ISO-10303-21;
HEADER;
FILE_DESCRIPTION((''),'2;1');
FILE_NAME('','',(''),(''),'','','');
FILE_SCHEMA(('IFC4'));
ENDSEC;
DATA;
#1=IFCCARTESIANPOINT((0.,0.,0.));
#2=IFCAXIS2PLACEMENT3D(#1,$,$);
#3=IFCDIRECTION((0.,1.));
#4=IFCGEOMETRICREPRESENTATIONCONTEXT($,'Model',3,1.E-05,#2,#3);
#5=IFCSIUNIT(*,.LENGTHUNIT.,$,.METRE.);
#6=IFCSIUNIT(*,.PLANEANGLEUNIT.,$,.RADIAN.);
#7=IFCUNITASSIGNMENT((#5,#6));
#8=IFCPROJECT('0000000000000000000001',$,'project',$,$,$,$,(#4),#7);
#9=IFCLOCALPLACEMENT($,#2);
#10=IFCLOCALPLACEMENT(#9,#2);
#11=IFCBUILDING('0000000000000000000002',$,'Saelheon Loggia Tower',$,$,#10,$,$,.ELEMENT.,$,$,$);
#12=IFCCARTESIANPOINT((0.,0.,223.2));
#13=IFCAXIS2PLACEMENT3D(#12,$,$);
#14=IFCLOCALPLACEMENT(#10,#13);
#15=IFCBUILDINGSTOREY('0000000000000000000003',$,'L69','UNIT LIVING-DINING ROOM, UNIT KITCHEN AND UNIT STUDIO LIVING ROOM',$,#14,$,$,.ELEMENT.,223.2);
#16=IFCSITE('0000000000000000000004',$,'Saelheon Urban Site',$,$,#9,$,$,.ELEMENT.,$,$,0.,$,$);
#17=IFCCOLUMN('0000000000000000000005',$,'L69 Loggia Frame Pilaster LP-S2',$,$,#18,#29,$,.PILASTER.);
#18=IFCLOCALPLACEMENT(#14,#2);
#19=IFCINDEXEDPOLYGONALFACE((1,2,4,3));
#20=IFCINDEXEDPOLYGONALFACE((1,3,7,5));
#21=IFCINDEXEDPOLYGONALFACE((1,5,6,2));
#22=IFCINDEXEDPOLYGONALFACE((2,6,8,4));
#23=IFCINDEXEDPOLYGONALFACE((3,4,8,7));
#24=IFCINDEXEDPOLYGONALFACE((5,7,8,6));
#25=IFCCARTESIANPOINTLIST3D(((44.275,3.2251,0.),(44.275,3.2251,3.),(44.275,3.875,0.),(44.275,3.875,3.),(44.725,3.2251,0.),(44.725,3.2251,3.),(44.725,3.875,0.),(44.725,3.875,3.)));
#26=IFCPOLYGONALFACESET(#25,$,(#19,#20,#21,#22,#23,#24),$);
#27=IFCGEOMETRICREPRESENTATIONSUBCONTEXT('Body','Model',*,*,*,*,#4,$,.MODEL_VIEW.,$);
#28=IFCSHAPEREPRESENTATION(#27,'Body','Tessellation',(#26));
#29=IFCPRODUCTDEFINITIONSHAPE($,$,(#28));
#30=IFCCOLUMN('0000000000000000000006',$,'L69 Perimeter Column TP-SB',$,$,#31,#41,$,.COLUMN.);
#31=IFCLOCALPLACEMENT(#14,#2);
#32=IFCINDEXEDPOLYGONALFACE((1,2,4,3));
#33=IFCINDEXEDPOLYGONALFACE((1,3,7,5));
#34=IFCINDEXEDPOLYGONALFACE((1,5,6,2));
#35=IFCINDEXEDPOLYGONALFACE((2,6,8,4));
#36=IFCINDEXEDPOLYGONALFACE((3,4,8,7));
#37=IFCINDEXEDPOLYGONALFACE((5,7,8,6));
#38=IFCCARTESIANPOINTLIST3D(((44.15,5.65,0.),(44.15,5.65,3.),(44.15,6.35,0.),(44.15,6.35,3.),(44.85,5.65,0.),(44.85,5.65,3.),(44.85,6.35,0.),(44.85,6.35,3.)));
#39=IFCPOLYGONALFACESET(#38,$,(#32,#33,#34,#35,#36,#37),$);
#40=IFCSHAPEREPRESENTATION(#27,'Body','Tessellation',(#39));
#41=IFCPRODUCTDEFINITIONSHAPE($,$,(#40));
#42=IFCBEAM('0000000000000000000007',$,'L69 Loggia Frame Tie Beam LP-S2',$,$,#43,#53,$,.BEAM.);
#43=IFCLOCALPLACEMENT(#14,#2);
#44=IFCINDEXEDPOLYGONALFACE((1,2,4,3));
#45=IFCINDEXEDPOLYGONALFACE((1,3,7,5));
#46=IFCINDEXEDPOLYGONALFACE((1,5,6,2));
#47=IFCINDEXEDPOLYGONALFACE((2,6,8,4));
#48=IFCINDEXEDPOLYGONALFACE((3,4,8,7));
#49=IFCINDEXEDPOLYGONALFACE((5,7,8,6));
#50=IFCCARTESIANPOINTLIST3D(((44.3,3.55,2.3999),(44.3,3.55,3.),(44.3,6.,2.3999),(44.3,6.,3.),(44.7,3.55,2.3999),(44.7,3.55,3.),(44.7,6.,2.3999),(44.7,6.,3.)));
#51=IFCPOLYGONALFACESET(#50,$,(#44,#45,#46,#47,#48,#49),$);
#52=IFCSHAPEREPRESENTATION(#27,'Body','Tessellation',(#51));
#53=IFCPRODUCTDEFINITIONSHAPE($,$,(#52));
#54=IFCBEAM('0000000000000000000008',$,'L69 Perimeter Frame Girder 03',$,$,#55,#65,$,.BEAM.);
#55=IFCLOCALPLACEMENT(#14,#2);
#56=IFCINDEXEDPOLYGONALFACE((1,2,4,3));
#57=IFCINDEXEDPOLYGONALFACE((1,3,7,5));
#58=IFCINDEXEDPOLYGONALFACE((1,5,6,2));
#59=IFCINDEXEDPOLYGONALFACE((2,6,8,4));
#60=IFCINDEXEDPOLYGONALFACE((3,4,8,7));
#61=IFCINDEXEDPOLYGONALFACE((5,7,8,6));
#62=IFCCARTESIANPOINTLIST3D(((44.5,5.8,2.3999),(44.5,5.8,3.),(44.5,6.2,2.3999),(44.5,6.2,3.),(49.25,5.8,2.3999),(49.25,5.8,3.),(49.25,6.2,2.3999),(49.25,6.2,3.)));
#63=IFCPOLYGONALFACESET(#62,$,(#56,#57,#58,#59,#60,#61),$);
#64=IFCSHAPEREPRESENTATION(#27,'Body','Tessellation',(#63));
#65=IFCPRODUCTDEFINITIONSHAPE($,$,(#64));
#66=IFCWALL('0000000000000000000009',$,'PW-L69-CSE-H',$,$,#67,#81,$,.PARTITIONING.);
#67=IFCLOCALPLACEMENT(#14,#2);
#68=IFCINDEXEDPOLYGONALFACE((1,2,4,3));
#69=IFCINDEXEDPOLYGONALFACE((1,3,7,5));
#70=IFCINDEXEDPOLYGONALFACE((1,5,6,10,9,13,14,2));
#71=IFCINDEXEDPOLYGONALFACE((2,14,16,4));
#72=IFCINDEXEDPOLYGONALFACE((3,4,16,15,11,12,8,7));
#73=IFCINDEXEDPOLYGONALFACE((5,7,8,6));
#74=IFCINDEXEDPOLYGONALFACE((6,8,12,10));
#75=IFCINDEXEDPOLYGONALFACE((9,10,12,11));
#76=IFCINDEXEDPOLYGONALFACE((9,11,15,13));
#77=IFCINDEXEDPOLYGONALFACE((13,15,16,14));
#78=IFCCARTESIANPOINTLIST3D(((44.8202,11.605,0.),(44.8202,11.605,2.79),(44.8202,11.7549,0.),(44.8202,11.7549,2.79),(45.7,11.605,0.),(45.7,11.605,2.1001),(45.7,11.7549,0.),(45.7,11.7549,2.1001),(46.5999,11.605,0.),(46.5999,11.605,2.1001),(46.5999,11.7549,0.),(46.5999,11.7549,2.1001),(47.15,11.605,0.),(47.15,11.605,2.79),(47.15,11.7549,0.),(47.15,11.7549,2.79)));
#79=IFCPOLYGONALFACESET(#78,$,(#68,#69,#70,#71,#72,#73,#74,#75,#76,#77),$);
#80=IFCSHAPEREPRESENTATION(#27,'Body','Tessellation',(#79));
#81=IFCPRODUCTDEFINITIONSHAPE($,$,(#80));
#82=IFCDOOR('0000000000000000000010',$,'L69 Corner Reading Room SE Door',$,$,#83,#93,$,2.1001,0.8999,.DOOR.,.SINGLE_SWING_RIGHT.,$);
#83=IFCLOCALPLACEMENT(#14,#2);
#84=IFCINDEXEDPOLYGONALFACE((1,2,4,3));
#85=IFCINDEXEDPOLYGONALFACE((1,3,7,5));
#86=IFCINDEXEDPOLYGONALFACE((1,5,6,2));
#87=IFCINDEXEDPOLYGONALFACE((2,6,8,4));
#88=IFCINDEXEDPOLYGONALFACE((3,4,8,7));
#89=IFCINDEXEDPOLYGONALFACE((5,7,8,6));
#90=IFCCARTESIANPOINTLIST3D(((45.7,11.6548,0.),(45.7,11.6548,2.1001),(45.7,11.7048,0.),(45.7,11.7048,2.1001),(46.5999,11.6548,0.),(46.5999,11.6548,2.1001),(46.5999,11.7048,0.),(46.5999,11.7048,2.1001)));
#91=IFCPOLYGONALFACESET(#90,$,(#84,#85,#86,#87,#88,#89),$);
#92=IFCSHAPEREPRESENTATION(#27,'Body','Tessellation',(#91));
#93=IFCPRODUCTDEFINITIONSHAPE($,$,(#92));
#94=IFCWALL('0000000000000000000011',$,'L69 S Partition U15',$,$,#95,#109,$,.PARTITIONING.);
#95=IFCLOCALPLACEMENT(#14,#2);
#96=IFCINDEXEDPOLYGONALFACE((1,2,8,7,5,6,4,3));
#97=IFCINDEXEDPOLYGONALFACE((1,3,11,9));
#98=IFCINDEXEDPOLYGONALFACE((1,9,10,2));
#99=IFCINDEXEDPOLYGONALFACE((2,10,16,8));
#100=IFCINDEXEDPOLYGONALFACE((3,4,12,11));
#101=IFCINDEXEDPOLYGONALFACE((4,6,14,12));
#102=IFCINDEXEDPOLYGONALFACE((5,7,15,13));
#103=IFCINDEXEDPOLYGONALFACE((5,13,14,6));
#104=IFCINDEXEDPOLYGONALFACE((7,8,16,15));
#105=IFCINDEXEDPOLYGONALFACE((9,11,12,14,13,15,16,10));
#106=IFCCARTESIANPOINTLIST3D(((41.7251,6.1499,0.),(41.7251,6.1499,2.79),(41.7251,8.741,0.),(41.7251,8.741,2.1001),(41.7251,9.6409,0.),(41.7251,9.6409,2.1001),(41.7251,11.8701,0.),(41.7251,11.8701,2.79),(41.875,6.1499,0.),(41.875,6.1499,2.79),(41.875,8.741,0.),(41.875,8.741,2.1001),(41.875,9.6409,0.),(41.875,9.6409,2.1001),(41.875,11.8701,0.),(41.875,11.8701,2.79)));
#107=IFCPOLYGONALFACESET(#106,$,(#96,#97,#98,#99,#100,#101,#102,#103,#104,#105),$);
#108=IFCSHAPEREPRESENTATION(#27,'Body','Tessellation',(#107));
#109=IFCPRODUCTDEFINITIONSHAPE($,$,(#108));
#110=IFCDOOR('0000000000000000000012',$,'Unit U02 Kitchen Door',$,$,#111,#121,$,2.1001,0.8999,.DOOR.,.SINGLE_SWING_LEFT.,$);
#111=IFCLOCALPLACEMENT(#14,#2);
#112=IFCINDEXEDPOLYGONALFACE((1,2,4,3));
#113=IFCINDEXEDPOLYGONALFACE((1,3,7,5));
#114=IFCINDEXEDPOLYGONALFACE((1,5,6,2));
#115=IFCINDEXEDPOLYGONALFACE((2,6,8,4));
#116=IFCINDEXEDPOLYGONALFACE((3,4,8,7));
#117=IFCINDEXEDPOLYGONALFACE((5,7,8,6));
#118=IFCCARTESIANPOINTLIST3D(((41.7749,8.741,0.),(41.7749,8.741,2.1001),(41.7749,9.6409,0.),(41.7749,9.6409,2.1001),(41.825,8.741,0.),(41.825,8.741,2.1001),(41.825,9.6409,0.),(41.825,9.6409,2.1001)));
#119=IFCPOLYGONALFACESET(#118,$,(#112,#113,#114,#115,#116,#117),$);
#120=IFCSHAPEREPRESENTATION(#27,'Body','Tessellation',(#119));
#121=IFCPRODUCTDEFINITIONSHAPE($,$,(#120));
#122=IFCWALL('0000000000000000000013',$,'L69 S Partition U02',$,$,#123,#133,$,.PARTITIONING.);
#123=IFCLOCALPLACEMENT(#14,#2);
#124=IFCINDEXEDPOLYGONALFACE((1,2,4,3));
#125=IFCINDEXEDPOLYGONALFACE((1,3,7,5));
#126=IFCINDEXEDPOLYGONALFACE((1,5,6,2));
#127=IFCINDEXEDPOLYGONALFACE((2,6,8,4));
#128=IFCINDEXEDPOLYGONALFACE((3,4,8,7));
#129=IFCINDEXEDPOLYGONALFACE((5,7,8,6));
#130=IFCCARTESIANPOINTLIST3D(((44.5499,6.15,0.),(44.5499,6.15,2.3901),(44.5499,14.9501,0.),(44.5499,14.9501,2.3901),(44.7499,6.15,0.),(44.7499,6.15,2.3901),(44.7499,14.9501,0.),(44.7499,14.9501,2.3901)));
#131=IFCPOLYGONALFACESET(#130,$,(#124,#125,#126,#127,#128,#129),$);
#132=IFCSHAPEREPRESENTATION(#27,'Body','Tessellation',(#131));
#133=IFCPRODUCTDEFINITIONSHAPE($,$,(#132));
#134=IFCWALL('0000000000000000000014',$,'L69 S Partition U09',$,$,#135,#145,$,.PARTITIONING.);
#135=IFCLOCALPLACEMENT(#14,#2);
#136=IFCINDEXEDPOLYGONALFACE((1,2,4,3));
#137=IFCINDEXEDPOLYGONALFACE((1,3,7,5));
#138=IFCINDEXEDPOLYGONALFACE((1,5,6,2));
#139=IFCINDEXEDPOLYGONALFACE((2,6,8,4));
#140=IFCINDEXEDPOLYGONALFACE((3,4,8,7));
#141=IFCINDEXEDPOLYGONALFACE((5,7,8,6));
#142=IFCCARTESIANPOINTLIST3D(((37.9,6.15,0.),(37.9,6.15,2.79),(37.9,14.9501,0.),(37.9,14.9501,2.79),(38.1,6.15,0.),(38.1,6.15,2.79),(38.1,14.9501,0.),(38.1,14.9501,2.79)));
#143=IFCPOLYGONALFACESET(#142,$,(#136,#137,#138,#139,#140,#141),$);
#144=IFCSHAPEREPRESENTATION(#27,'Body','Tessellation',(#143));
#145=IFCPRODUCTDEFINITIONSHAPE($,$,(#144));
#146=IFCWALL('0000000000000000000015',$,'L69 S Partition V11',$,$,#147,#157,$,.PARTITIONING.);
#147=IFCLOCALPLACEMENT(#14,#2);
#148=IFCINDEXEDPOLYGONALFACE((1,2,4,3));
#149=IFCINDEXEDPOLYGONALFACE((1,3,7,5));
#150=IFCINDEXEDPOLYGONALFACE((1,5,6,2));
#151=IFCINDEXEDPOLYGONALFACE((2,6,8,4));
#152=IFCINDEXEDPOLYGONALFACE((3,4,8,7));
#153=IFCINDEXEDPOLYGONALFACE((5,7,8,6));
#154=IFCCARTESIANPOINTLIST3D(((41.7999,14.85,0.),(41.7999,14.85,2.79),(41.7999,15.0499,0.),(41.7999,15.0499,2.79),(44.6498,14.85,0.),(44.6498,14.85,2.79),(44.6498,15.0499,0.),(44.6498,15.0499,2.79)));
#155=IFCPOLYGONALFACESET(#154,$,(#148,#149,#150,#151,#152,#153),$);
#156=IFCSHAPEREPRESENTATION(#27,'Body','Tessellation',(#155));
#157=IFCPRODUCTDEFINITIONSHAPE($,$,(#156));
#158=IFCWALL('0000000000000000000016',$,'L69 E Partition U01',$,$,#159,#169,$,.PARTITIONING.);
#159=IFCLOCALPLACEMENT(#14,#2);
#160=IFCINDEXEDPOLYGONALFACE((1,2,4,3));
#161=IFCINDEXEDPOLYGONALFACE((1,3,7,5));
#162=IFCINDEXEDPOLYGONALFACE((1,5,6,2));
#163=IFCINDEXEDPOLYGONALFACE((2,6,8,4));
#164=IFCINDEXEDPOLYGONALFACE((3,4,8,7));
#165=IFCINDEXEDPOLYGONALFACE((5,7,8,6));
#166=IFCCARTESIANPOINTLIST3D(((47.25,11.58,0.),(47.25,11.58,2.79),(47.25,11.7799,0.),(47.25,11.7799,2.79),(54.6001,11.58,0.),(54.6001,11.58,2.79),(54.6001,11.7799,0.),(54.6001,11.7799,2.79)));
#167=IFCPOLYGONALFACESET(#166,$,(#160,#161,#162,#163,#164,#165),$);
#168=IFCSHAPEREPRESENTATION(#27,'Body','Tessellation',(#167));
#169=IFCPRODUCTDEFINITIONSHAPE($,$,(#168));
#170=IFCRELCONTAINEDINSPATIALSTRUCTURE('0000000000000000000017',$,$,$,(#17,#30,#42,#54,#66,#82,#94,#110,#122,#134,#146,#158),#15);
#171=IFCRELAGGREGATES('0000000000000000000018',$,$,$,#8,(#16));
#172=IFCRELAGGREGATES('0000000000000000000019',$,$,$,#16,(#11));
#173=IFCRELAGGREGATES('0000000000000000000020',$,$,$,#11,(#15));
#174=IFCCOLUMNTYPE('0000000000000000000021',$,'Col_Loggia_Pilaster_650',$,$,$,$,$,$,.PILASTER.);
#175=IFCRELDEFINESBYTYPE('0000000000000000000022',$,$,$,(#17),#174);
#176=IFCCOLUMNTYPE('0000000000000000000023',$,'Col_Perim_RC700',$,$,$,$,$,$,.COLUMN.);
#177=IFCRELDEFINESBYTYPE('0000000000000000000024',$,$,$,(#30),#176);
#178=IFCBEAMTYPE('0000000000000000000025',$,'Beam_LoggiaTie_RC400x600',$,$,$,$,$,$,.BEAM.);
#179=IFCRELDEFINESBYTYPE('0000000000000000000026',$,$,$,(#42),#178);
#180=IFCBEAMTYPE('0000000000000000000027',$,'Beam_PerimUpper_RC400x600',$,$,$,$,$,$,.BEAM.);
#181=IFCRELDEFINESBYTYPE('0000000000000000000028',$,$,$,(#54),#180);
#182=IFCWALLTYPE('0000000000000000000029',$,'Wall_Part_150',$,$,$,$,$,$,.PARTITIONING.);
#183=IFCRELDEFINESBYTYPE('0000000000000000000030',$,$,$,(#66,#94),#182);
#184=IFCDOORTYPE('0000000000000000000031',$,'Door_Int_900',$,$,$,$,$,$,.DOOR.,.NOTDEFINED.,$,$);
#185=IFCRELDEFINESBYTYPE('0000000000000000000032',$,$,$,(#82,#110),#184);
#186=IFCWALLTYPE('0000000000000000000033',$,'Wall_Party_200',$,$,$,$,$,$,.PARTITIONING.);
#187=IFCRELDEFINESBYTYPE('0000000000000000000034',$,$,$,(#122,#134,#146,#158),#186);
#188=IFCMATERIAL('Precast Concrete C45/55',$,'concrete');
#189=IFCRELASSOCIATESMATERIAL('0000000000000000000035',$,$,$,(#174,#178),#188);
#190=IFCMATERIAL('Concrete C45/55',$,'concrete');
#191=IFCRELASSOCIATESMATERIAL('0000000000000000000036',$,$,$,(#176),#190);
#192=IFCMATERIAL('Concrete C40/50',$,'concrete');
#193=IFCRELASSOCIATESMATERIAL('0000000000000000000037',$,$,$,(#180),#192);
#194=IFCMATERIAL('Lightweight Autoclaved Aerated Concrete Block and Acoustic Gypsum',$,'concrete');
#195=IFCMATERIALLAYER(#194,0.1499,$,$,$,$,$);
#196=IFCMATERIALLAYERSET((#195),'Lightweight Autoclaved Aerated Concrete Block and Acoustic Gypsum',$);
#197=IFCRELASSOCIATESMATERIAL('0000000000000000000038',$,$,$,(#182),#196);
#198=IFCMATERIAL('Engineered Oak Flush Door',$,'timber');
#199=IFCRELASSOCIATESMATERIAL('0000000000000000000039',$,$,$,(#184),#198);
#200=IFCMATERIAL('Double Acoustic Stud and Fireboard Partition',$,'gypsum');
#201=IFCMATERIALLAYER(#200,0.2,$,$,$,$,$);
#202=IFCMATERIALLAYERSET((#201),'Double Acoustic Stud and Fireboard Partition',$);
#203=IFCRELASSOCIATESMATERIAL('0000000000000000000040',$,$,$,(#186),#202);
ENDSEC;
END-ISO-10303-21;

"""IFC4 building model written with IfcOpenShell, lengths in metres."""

from ifc_helpers import new_model, si_unit, direction, frame, frame_2d, origin, origin_2d, place, context, subcontext, project, spatial, rectangle, extrude, source, transform, mapped, material, layer, layer_set, material_profile, profile_set, type_object, element, fill, save


model = new_model("IFC4")

# Units and contexts
model_context = context("Model", 3, precision=1e-05, world=origin(), true_north=direction((0.0, 1.0)))
body_context = subcontext(model_context, "Body", "Model", "MODEL_VIEW")
ifc_project = project(units=[si_unit("LENGTHUNIT", "METRE"), si_unit("PLANEANGLEUNIT", "RADIAN")], contexts=[model_context])

# Site, building, storey
site_placement = place(None, origin())
site = spatial("IfcSite", under=ifc_project, at=site_placement, Name="Saelheon Urban Site", CompositionType="ELEMENT", RefElevation=0.0)
building_placement = place(site_placement, origin())
building = spatial("IfcBuilding", under=site, at=building_placement, Name="Saelheon Loggia Tower", CompositionType="ELEMENT")
storey_placement = place(building_placement, frame((0.0, 0.0, 223.2)))
storey = spatial("IfcBuildingStorey", under=building, at=storey_placement, Name="L69", Description="UNIT LIVING-DINING ROOM, UNIT KITCHEN AND UNIT STUDIO LIVING ROOM", CompositionType="ELEMENT", Elevation=223.2)

# Columns
ifc_material_1 = material(Name="Precast Concrete C45/55", Category="concrete")
ifc_material_profile_1 = material_profile(ifc_material_1, rectangle(XDim=0.45, YDim=0.6499, at=origin_2d()), Name="RC-450x650")
ifc_profile_set_1 = profile_set([ifc_material_profile_1], Name="Precast Concrete C45/55")
column_type_1 = type_object("IfcColumnType", Name="Col_Loggia_Pilaster_650", PredefinedType="PILASTER", material=ifc_profile_set_1)
shared_shape_1 = source(origin(), body_context, "Body", "SweptSolid", [
    extrude(rectangle(XDim=0.45, YDim=0.6499, at=origin_2d()), origin(), (0.0, 0.0, 1.0), 3.0),
])
column_1_placement = place(storey_placement, frame((44.5, 3.55, 0.0), z_axis=(0.0, 0.0, 1.0), x_axis=(1.0, 0.0, 0.0)))
element("IfcColumn", 1, at=column_1_placement, inside=storey, type_object=column_type_1, Name="L69 Loggia Frame Pilaster LP-S2", PredefinedType="PILASTER", context=body_context, shape_type="MappedRepresentation", body=[
    mapped(shared_shape_1, transform((0.0, 0.0, 0.0), scale=1.0)),
])
ifc_material_2 = material(Name="Concrete C45/55", Category="concrete")
ifc_material_profile_2 = material_profile(ifc_material_2, rectangle(XDim=0.7, YDim=0.7, at=origin_2d()), Name="RC-700x700")
ifc_profile_set_2 = profile_set([ifc_material_profile_2], Name="Concrete C45/55")
column_type_2 = type_object("IfcColumnType", Name="Col_Perim_RC700", PredefinedType="COLUMN", material=ifc_profile_set_2)
shared_shape_2 = source(origin(), body_context, "Body", "SweptSolid", [
    extrude(rectangle(XDim=0.7, YDim=0.7, at=origin_2d()), origin(), (0.0, 0.0, 1.0), 3.0),
])
column_2_placement = place(storey_placement, frame((44.5, 6.0, 0.0), z_axis=(0.0, 0.0, 1.0), x_axis=(1.0, 0.0, 0.0)))
element("IfcColumn", 2, at=column_2_placement, inside=storey, type_object=column_type_2, Name="L69 Perimeter Column TP-SB", PredefinedType="COLUMN", context=body_context, shape_type="MappedRepresentation", body=[
    mapped(shared_shape_2, transform((0.0, 0.0, 0.0), scale=1.0)),
])

# Beams
ifc_material_profile_3 = material_profile(ifc_material_1, rectangle(XDim=0.3999, YDim=0.6001, at=origin_2d()), Name="RC-400x600")
ifc_profile_set_3 = profile_set([ifc_material_profile_3], Name="Precast Concrete C45/55")
beam_type_1 = type_object("IfcBeamType", Name="Beam_LoggiaTie_RC400x600", PredefinedType="BEAM", material=ifc_profile_set_3)
shared_shape_3 = source(origin(), body_context, "Body", "SweptSolid", [
    extrude(rectangle(XDim=0.3999, YDim=0.6001, at=origin_2d()), origin(), (0.0, 0.0, 1.0), 2.45),
])
beam_1_placement = place(storey_placement, frame((44.5, 6.0, 2.7), z_axis=(0.0, -1.0, 0.0), x_axis=(1.0, 0.0, 0.0)))
element("IfcBeam", 3, at=beam_1_placement, inside=storey, type_object=beam_type_1, Name="L69 Loggia Frame Tie Beam LP-S2", PredefinedType="BEAM", context=body_context, shape_type="MappedRepresentation", body=[
    mapped(shared_shape_3, transform((0.0, 0.0, 0.0), scale=1.0)),
])
ifc_material_3 = material(Name="Concrete C40/50", Category="concrete")
ifc_material_profile_4 = material_profile(ifc_material_3, rectangle(XDim=0.3999, YDim=0.6001, at=origin_2d()), Name="RC-400x600")
ifc_profile_set_4 = profile_set([ifc_material_profile_4], Name="Concrete C40/50")
beam_type_2 = type_object("IfcBeamType", Name="Beam_PerimUpper_RC400x600", PredefinedType="BEAM", material=ifc_profile_set_4)
shared_shape_4 = source(origin(), body_context, "Body", "SweptSolid", [
    extrude(rectangle(XDim=0.3999, YDim=0.6001, at=origin_2d()), origin(), (0.0, 0.0, 1.0), 4.75),
])
beam_2_placement = place(storey_placement, frame((44.5, 6.0, 2.7), z_axis=(1.0, 0.0, 0.0), x_axis=(0.0, 1.0, 0.0)))
element("IfcBeam", 4, at=beam_2_placement, inside=storey, type_object=beam_type_2, Name="L69 Perimeter Frame Girder 03", PredefinedType="BEAM", context=body_context, shape_type="MappedRepresentation", body=[
    mapped(shared_shape_4, transform((0.0, 0.0, 0.0), scale=1.0)),
])

# Walls, openings, doors
ifc_material_4 = material(Name="Lightweight Autoclaved Aerated Concrete Block and Acoustic Gypsum", Category="concrete")
ifc_layer_1 = layer(ifc_material_4, 0.1499)
ifc_layer_set_1 = layer_set([ifc_layer_1], Name="Lightweight Autoclaved Aerated Concrete Block and Acoustic Gypsum")
wall_type_1 = type_object("IfcWallType", Name="Wall_Part_150", PredefinedType="PARTITIONING", material=ifc_layer_set_1)
wall_1_placement = place(storey_placement, frame((44.8201, 11.6799, 0.0), z_axis=(0.0, 0.0, 1.0), x_axis=(1.0, 0.0, 0.0)))
wall_1 = element("IfcWall", 5, at=wall_1_placement, inside=storey, type_object=wall_type_1, Name="PW-L69-CSE-H", PredefinedType="PARTITIONING", context=body_context, shape_type="SweptSolid", body=[
    extrude(rectangle(XDim=2.3298, YDim=0.1499, at=frame_2d((1.165, 0.0))), origin(), (0.0, 0.0, 1.0), 2.79),
])
opening_1_placement = place(wall_1_placement, frame((0.8799, 0.0, 0.0)))
opening_1 = element("IfcOpeningElement", 6, at=opening_1_placement, cuts=wall_1, PredefinedType="OPENING", context=body_context, shape_type="SweptSolid", body=[
    extrude(rectangle(XDim=0.8999, YDim=2.1001, at=frame_2d((0.45, 1.05))), frame((0.0, 0.0869, 0.0), z_axis=(0.0, -1.0, 0.0), x_axis=(1.0, 0.0, 0.0)), (0.0, 0.0, 1.0), 0.1738),
])
ifc_material_5 = material(Name="Engineered Oak Flush Door", Category="timber")
door_type_1 = type_object("IfcDoorType", Name="Door_Int_900", OperationType="NOTDEFINED", PredefinedType="DOOR", material=ifc_material_5)
shared_shape_5 = source(origin(), body_context, "Body", "SweptSolid", [
    extrude(rectangle(XDim=0.8999, YDim=2.1001, at=frame_2d((0.45, 1.05))), frame((0.0, 0.0249, 0.0), z_axis=(0.0, -1.0, 0.0), x_axis=(1.0, 0.0, 0.0)), (0.0, 0.0, 1.0), 0.05),
])
door_1_placement = place(opening_1_placement, origin())
door_1 = element("IfcDoor", 7, at=door_1_placement, inside=storey, type_object=door_type_1, Name="L69 Corner Reading Room SE Door", OperationType="SINGLE_SWING_RIGHT", OverallHeight=2.1001, OverallWidth=0.8999, PredefinedType="DOOR", context=body_context, shape_type="MappedRepresentation", body=[
    mapped(shared_shape_5, transform((0.0, 0.0, 0.0), scale=1.0)),
])
fill(opening_1, door_1)
wall_2_placement = place(storey_placement, frame((41.8, 11.8701, 0.0), z_axis=(0.0, 0.0, 1.0), x_axis=(0.0, -1.0, 0.0)))
wall_2 = element("IfcWall", 8, at=wall_2_placement, inside=storey, type_object=wall_type_1, Name="L69 S Partition U15", PredefinedType="PARTITIONING", context=body_context, shape_type="SweptSolid", body=[
    extrude(rectangle(XDim=5.7202, YDim=0.1499, at=frame_2d((2.8601, 0.0))), origin(), (0.0, 0.0, 1.0), 2.79),
])
opening_2_placement = place(wall_2_placement, frame((2.2292, 0.0, 0.0)))
opening_2 = element("IfcOpeningElement", 9, at=opening_2_placement, cuts=wall_2, PredefinedType="OPENING", context=body_context, shape_type="SweptSolid", body=[
    extrude(rectangle(XDim=0.8999, YDim=2.1001, at=frame_2d((0.45, 1.05))), frame((0.0, 0.0869, 0.0), z_axis=(0.0, -1.0, 0.0), x_axis=(1.0, 0.0, 0.0)), (0.0, 0.0, 1.0), 0.1738),
])
door_2_placement = place(opening_2_placement, origin())
door_2 = element("IfcDoor", 10, at=door_2_placement, inside=storey, type_object=door_type_1, Name="Unit U02 Kitchen Door", OperationType="SINGLE_SWING_LEFT", OverallHeight=2.1001, OverallWidth=0.8999, PredefinedType="DOOR", context=body_context, shape_type="MappedRepresentation", body=[
    mapped(shared_shape_5, transform((0.0, 0.0, 0.0), scale=1.0)),
])
fill(opening_2, door_2)

# Walls
ifc_material_6 = material(Name="Double Acoustic Stud and Fireboard Partition", Category="gypsum")
ifc_layer_2 = layer(ifc_material_6, 0.2)
ifc_layer_set_2 = layer_set([ifc_layer_2], Name="Double Acoustic Stud and Fireboard Partition")
wall_type_2 = type_object("IfcWallType", Name="Wall_Party_200", PredefinedType="PARTITIONING", material=ifc_layer_set_2)
wall_3_placement = place(storey_placement, frame((44.6499, 14.95, 0.0), z_axis=(0.0, 0.0, 1.0), x_axis=(0.0, -1.0, 0.0)))
element("IfcWall", 11, at=wall_3_placement, inside=storey, type_object=wall_type_2, Name="L69 S Partition U02", PredefinedType="PARTITIONING", context=body_context, shape_type="SweptSolid", body=[
    extrude(rectangle(XDim=8.8, YDim=0.2, at=frame_2d((4.3999, 0.0))), origin(), (0.0, 0.0, 1.0), 2.3901),
])
wall_4_placement = place(storey_placement, frame((38.0, 14.95, 0.0), z_axis=(0.0, 0.0, 1.0), x_axis=(0.0, -1.0, 0.0)))
element("IfcWall", 12, at=wall_4_placement, inside=storey, type_object=wall_type_2, Name="L69 S Partition U09", PredefinedType="PARTITIONING", context=body_context, shape_type="SweptSolid", body=[
    extrude(rectangle(XDim=8.8, YDim=0.2, at=frame_2d((4.3999, 0.0))), origin(), (0.0, 0.0, 1.0), 2.79),
])

# Walls
wall_5_placement = place(storey_placement, frame((41.8, 14.95, 0.0), z_axis=(0.0, 0.0, 1.0), x_axis=(1.0, 0.0, 0.0)))
element("IfcWall", 13, at=wall_5_placement, inside=storey, type_object=wall_type_2, Name="L69 S Partition V11", PredefinedType="PARTITIONING", context=body_context, shape_type="SweptSolid", body=[
    extrude(rectangle(XDim=2.8499, YDim=0.2, at=frame_2d((1.4248, 0.0))), origin(), (0.0, 0.0, 1.0), 2.79),
])
wall_6_placement = place(storey_placement, frame((47.25, 11.6799, 0.0), z_axis=(0.0, 0.0, 1.0), x_axis=(1.0, 0.0, 0.0)))
element("IfcWall", 14, at=wall_6_placement, inside=storey, type_object=wall_type_2, Name="L69 E Partition U01", PredefinedType="PARTITIONING", context=body_context, shape_type="SweptSolid", body=[
    extrude(rectangle(XDim=7.3501, YDim=0.2, at=frame_2d((3.675, 0.0))), origin(), (0.0, 0.0, 1.0), 2.79),
])

save(model, "model.ifc")
